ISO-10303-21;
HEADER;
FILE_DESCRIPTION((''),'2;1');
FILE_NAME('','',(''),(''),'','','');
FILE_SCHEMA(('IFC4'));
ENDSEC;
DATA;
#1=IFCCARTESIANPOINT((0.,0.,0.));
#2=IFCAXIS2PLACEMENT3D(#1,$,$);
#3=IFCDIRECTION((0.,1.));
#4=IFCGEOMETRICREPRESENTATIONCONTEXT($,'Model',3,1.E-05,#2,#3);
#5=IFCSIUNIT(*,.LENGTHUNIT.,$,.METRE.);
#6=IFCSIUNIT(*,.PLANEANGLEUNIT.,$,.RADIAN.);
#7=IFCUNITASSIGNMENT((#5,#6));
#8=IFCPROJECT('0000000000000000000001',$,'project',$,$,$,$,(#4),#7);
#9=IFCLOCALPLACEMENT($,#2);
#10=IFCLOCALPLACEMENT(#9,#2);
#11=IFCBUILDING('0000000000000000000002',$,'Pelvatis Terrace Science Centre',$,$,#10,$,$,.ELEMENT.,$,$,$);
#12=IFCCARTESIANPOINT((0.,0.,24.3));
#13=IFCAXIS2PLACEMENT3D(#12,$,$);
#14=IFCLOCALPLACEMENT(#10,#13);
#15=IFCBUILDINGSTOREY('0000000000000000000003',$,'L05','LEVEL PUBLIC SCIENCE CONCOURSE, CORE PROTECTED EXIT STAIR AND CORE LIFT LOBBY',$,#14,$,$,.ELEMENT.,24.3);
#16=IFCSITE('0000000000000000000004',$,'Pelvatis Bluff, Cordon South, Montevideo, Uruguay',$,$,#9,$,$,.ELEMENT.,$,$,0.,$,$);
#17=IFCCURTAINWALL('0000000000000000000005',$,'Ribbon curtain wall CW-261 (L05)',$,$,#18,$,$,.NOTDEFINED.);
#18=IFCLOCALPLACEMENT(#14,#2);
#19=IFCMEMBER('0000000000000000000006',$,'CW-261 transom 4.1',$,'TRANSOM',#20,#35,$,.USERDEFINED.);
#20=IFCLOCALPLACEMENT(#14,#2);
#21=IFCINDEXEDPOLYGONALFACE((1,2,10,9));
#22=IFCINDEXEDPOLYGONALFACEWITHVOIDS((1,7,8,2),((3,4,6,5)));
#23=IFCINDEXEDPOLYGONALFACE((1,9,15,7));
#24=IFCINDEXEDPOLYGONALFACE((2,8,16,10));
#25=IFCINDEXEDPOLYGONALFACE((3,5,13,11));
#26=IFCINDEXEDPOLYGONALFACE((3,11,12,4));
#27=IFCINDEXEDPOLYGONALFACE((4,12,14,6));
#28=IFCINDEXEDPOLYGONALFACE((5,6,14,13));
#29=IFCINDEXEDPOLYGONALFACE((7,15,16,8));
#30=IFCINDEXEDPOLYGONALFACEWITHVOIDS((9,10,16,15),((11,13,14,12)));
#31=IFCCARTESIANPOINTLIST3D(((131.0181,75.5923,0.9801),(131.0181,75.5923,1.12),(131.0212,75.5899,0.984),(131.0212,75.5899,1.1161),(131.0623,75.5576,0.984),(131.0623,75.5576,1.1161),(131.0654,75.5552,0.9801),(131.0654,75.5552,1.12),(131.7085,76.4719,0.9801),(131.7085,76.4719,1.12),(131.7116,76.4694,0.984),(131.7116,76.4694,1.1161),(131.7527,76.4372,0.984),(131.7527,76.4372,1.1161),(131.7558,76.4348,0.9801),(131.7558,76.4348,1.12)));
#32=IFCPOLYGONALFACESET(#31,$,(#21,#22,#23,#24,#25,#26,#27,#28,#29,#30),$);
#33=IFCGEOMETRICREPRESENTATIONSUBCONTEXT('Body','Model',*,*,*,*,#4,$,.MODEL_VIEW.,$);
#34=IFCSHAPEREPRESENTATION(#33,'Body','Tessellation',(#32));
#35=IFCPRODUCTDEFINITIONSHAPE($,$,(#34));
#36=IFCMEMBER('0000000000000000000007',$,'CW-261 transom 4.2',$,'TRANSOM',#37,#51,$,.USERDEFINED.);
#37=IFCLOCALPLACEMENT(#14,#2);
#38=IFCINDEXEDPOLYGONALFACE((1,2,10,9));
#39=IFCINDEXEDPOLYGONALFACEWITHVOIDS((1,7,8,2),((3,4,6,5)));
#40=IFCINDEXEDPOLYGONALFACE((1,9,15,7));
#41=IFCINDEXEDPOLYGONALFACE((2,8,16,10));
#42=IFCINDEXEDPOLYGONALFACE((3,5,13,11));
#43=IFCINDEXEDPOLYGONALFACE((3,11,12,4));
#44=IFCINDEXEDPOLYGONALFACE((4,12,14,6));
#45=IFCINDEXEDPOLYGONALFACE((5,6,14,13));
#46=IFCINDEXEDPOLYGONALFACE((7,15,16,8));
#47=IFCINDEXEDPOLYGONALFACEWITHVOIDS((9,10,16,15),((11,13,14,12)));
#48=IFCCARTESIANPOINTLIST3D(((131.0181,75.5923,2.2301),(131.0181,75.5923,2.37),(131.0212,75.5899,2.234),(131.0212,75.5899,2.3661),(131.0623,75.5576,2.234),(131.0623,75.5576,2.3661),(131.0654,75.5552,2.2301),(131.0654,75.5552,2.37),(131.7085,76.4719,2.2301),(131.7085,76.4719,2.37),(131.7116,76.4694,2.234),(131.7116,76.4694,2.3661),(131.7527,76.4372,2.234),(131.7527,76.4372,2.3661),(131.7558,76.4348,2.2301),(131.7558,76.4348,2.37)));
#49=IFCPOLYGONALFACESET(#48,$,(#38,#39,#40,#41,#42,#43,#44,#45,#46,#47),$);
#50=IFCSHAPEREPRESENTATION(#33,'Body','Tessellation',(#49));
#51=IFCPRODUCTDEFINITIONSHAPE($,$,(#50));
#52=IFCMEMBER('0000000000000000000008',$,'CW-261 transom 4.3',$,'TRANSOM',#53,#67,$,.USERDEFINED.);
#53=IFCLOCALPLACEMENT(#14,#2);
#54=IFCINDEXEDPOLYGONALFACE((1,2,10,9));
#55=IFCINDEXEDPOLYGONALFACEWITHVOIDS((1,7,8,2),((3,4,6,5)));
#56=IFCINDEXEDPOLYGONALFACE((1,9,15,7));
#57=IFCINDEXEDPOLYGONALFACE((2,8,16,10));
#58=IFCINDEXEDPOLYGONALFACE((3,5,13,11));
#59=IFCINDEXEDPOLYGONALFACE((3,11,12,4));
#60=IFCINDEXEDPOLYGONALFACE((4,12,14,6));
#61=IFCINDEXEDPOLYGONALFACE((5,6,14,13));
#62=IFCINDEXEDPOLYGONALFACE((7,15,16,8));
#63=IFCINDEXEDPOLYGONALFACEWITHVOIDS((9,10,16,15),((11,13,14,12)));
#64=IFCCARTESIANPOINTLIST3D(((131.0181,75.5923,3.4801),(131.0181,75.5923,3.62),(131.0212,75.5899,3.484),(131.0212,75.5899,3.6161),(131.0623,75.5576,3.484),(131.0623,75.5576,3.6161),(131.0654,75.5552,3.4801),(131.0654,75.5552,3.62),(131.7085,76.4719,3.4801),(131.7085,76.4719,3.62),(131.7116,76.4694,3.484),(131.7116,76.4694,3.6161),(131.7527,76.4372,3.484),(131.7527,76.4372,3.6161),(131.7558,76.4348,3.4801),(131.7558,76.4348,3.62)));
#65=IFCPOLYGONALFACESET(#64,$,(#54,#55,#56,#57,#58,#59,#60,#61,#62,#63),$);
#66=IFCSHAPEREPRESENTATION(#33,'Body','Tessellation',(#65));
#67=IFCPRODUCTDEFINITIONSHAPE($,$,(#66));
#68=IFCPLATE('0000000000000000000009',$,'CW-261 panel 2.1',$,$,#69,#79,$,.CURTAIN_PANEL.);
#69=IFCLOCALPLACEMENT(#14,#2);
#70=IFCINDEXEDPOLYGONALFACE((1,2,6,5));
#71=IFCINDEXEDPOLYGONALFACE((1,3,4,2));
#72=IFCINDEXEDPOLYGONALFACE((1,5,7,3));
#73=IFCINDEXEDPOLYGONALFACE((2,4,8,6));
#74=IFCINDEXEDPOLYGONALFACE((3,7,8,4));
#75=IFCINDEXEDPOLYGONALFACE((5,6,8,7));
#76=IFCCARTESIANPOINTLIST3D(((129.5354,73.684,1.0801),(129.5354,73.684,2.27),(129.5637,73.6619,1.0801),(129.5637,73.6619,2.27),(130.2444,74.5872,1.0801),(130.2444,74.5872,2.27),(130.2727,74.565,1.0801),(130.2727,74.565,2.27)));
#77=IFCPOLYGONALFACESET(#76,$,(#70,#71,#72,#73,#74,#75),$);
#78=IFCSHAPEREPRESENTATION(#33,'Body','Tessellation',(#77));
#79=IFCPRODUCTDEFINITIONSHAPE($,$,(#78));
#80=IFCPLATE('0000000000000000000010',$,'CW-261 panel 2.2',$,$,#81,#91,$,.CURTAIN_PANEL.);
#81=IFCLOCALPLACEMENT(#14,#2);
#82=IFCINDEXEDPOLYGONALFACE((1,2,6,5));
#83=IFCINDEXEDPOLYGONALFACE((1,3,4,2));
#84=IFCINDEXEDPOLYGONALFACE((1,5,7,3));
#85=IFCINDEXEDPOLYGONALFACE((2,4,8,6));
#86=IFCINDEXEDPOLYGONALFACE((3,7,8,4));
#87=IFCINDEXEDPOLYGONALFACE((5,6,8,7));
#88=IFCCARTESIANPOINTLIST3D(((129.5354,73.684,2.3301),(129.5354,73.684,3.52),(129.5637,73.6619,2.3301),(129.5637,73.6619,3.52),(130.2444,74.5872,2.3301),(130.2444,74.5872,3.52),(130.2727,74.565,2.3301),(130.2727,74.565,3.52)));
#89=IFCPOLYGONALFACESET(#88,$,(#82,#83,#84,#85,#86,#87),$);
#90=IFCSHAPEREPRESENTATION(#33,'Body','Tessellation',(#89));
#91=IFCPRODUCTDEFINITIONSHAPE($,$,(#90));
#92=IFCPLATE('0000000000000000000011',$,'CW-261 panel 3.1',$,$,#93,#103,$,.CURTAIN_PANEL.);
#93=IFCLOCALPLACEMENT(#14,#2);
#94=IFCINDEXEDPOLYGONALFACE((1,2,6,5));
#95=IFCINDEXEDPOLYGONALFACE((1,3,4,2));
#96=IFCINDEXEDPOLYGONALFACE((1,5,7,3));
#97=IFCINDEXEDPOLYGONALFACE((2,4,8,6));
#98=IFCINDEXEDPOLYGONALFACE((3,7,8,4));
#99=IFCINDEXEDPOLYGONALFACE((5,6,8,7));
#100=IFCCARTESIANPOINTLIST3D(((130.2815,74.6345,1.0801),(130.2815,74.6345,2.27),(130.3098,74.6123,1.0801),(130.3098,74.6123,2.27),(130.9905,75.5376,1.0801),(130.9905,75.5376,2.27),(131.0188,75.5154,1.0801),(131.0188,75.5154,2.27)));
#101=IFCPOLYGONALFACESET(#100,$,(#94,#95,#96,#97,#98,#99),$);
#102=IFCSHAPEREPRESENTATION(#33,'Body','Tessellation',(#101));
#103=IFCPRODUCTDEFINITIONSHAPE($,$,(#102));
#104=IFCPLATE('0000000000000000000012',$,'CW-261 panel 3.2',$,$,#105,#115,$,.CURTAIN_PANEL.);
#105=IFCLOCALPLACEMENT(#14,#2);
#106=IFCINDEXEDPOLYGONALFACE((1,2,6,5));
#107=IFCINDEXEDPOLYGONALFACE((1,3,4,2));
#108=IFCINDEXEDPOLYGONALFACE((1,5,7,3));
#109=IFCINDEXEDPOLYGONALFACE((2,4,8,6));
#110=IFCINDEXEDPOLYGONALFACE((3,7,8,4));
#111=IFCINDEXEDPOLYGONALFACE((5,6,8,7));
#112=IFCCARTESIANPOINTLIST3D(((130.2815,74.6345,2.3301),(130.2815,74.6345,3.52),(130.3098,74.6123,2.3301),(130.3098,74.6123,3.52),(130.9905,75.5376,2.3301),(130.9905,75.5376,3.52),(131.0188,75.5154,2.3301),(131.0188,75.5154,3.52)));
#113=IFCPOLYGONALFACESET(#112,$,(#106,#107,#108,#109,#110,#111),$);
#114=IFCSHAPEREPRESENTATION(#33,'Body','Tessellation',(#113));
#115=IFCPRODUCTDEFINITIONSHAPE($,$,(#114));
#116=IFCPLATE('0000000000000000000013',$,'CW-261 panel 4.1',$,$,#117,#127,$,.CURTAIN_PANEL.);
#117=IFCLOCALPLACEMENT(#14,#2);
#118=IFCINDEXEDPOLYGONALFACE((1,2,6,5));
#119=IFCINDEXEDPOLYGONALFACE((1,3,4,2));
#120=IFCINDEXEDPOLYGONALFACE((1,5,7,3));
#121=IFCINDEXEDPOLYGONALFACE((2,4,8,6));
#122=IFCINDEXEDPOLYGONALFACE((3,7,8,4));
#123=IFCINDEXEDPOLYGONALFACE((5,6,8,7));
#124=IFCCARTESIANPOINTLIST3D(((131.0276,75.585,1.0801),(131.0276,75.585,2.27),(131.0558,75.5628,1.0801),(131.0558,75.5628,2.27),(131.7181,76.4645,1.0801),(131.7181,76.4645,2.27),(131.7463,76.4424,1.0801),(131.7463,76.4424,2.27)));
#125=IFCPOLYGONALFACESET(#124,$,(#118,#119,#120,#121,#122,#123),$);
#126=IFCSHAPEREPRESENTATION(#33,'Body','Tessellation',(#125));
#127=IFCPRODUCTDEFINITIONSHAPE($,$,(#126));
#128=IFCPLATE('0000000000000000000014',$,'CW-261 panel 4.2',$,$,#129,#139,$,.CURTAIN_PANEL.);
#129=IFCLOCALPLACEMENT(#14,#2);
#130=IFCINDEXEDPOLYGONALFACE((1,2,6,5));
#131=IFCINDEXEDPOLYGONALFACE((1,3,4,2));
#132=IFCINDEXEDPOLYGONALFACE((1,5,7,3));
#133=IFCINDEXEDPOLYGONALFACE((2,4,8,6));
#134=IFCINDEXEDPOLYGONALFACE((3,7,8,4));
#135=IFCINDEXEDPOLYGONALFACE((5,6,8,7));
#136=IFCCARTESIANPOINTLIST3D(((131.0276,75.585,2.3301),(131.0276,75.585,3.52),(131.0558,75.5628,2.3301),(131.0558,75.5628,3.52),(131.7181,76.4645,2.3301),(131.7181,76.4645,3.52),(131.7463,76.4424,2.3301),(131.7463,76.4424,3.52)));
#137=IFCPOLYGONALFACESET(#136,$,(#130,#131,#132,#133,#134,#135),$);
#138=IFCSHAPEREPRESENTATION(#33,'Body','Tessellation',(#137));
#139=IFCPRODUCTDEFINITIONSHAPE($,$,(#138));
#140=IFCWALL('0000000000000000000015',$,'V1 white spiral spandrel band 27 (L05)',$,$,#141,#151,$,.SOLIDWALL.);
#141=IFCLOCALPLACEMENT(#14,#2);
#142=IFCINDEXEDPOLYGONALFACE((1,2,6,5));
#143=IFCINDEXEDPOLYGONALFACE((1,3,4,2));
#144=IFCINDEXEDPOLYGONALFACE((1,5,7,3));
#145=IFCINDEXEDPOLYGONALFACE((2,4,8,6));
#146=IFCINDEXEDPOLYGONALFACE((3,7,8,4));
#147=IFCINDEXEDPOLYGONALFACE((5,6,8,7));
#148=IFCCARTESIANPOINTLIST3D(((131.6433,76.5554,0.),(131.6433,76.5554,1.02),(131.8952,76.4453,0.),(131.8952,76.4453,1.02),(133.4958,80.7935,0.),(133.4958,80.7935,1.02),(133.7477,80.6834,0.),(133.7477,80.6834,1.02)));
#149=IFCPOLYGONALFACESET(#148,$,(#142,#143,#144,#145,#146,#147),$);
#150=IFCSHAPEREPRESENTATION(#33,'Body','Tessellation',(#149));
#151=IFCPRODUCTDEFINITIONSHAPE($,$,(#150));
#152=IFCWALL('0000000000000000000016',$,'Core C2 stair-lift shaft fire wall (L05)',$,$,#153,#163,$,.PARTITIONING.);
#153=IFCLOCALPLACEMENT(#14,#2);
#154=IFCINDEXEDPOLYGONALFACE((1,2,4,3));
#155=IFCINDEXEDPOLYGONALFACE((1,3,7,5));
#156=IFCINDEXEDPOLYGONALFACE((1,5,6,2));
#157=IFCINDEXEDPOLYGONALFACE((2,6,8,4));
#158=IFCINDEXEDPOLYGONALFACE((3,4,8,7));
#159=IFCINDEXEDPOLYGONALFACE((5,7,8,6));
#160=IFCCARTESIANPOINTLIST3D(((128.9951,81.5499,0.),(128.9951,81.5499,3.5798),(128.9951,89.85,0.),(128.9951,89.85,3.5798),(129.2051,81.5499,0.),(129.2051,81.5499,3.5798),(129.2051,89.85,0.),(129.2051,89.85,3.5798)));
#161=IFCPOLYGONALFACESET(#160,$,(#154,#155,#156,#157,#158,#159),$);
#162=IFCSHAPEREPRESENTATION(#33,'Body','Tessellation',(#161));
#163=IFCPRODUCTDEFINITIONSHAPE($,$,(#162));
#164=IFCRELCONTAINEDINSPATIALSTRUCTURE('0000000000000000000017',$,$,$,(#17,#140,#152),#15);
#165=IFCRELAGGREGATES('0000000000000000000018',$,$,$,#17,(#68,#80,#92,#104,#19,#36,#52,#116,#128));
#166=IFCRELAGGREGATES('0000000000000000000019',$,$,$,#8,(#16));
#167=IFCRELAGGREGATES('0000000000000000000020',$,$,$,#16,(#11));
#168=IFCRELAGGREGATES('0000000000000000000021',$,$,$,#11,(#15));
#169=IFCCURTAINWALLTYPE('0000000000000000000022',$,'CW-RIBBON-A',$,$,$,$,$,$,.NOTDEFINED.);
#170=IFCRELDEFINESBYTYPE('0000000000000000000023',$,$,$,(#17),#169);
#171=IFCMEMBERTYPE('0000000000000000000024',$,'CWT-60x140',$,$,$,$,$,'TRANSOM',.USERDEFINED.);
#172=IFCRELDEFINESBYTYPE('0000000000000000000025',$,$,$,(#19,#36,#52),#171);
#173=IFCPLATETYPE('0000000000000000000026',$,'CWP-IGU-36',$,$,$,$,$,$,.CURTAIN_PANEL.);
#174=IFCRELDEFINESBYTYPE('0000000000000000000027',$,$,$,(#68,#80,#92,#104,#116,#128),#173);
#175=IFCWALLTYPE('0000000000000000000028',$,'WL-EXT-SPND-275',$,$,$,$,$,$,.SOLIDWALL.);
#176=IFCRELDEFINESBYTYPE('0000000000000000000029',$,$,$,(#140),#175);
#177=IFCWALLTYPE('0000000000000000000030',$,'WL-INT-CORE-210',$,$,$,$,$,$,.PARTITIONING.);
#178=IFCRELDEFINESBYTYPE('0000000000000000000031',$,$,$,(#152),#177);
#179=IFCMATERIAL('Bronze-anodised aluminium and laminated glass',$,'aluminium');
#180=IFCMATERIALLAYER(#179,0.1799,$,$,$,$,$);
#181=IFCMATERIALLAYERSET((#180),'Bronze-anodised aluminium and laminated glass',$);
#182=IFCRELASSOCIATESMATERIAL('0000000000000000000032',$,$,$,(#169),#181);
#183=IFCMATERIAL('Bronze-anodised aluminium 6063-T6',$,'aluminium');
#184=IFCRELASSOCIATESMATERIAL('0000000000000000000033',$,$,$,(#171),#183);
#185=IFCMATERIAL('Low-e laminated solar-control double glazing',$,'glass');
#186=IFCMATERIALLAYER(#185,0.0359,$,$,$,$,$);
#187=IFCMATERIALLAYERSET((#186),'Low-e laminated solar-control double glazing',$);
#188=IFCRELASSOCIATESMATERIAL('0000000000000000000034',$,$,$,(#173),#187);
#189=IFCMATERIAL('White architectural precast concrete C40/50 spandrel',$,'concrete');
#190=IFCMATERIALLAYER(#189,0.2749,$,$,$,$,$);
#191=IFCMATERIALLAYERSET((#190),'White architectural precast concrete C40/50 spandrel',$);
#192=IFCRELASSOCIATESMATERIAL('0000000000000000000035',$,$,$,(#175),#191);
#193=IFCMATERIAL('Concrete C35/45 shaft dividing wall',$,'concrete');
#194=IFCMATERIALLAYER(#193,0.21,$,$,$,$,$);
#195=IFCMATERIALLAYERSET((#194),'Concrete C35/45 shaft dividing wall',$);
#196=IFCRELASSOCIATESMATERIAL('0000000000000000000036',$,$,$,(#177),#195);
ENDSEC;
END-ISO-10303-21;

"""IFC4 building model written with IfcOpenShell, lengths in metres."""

from ifc_helpers import new_model, si_unit, direction, frame, frame_2d, origin, origin_2d, place, context, subcontext, project, spatial, rectangle, hollow_rectangle, extrude, material, layer, layer_set, material_profile, profile_set, type_object, element, aggregate, save


model = new_model("IFC4")

# Units and contexts
model_context = context("Model", 3, precision=1e-05, world=origin(), true_north=direction((0.0, 1.0)))
body_context = subcontext(model_context, "Body", "Model", "MODEL_VIEW")
ifc_project = project(units=[si_unit("LENGTHUNIT", "METRE"), si_unit("PLANEANGLEUNIT", "RADIAN")], contexts=[model_context])

# Site, building, storey
site_placement = place(None, origin())
site = spatial("IfcSite", under=ifc_project, at=site_placement, Name="Pelvatis Bluff, Cordon South, Montevideo, Uruguay", CompositionType="ELEMENT", RefElevation=0.0)
building_placement = place(site_placement, origin())
building = spatial("IfcBuilding", under=site, at=building_placement, Name="Pelvatis Terrace Science Centre", CompositionType="ELEMENT")
storey_placement = place(building_placement, frame((0.0, 0.0, 24.3)))
storey = spatial("IfcBuildingStorey", under=building, at=storey_placement, Name="L05", Description="LEVEL PUBLIC SCIENCE CONCOURSE, CORE PROTECTED EXIT STAIR AND CORE LIFT LOBBY", CompositionType="ELEMENT", Elevation=24.3)

# Curtain wall, members, plates
ifc_material_1 = material(Name="Bronze-anodised aluminium and laminated glass", Category="aluminium")
ifc_layer_1 = layer(ifc_material_1, 0.1799)
ifc_layer_set_1 = layer_set([ifc_layer_1], Name="Bronze-anodised aluminium and laminated glass")
curtain_wall_type = type_object("IfcCurtainWallType", Name="CW-RIBBON-A", PredefinedType="NOTDEFINED", material=ifc_layer_set_1)
curtain_wall_placement = place(storey_placement, origin())
curtain_wall = element("IfcCurtainWall", 1, at=curtain_wall_placement, inside=storey, type_object=curtain_wall_type, Name="Ribbon curtain wall CW-261 (L05)", PredefinedType="NOTDEFINED")
ifc_material_2 = material(Name="Bronze-anodised aluminium 6063-T6", Category="aluminium")
ifc_material_profile_1 = material_profile(ifc_material_2, hollow_rectangle(XDim=0.0601, YDim=0.1399, WallThickness=0.0039, at=origin_2d()), Name="ALU-TRN 60x140")
ifc_profile_set_1 = profile_set([ifc_material_profile_1], Name="Bronze-anodised aluminium 6063-T6")
member_type_1 = type_object("IfcMemberType", Name="CWT-60x140", ElementType="TRANSOM", PredefinedType="USERDEFINED", material=ifc_profile_set_1)
member_1_placement = place(storey_placement, frame((131.0417, 75.5737, 1.05), z_axis=(0.617426, 0.786629, 0.0), x_axis=(-0.786629, 0.617426, 0.0)))
member_1 = element("IfcMember", 2, at=member_1_placement, type_object=member_type_1, Name="CW-261 transom 4.1", ObjectType="TRANSOM", PredefinedType="USERDEFINED", context=body_context, shape_type="SweptSolid", body=[
    extrude(hollow_rectangle(XDim=0.0601, YDim=0.1399, WallThickness=0.0039, at=origin_2d()), origin(), (0.0, 0.0, 1.0), 1.1182),
])
member_2_placement = place(storey_placement, frame((131.0417, 75.5737, 2.3), z_axis=(0.617426, 0.786629, 0.0), x_axis=(-0.786629, 0.617426, 0.0)))
member_2 = element("IfcMember", 3, at=member_2_placement, type_object=member_type_1, Name="CW-261 transom 4.2", ObjectType="TRANSOM", PredefinedType="USERDEFINED", context=body_context, shape_type="SweptSolid", body=[
    extrude(hollow_rectangle(XDim=0.0601, YDim=0.1399, WallThickness=0.0039, at=origin_2d()), origin(), (0.0, 0.0, 1.0), 1.1182),
])
member_3_placement = place(storey_placement, frame((131.0417, 75.5737, 3.55), z_axis=(0.617426, 0.786629, 0.0), x_axis=(-0.786629, 0.617426, 0.0)))
member_3 = element("IfcMember", 4, at=member_3_placement, type_object=member_type_1, Name="CW-261 transom 4.3", ObjectType="TRANSOM", PredefinedType="USERDEFINED", context=body_context, shape_type="SweptSolid", body=[
    extrude(hollow_rectangle(XDim=0.0601, YDim=0.1399, WallThickness=0.0039, at=origin_2d()), origin(), (0.0, 0.0, 1.0), 1.1182),
])
ifc_material_3 = material(Name="Low-e laminated solar-control double glazing", Category="glass")
ifc_layer_2 = layer(ifc_material_3, 0.0359)
ifc_layer_set_2 = layer_set([ifc_layer_2], Name="Low-e laminated solar-control double glazing")
plate_type = type_object("IfcPlateType", Name="CWP-IGU-36", PredefinedType="CURTAIN_PANEL", material=ifc_layer_set_2)
plate_1_placement = place(storey_placement, frame((129.9041, 74.1245, 1.0801), z_axis=(0.0, 0.0, 1.0), x_axis=(0.617493, 0.786577, 0.0)))
plate_1 = element("IfcPlate", 5, at=plate_1_placement, type_object=plate_type, Name="CW-261 panel 2.1", PredefinedType="CURTAIN_PANEL", context=body_context, shape_type="SweptSolid", body=[
    extrude(rectangle(XDim=1.1482, YDim=0.0359, at=origin_2d()), origin(), (0.0, 0.0, 1.0), 1.1899),
])
plate_2_placement = place(storey_placement, frame((129.9041, 74.1245, 2.3301), z_axis=(0.0, 0.0, 1.0), x_axis=(0.617493, 0.786577, 0.0)))
plate_2 = element("IfcPlate", 6, at=plate_2_placement, type_object=plate_type, Name="CW-261 panel 2.2", PredefinedType="CURTAIN_PANEL", context=body_context, shape_type="SweptSolid", body=[
    extrude(rectangle(XDim=1.1482, YDim=0.0359, at=origin_2d()), origin(), (0.0, 0.0, 1.0), 1.1899),
])
plate_3_placement = place(storey_placement, frame((130.6501, 75.075, 1.0801), z_axis=(0.0, 0.0, 1.0), x_axis=(0.617493, 0.786577, 0.0)))
plate_3 = element("IfcPlate", 7, at=plate_3_placement, type_object=plate_type, Name="CW-261 panel 3.1", PredefinedType="CURTAIN_PANEL", context=body_context, shape_type="SweptSolid", body=[
    extrude(rectangle(XDim=1.1482, YDim=0.0359, at=origin_2d()), origin(), (0.0, 0.0, 1.0), 1.1899),
])
plate_4_placement = place(storey_placement, frame((130.6501, 75.075, 2.3301), z_axis=(0.0, 0.0, 1.0), x_axis=(0.617493, 0.786577, 0.0)))
plate_4 = element("IfcPlate", 8, at=plate_4_placement, type_object=plate_type, Name="CW-261 panel 3.2", PredefinedType="CURTAIN_PANEL", context=body_context, shape_type="SweptSolid", body=[
    extrude(rectangle(XDim=1.1482, YDim=0.0359, at=origin_2d()), origin(), (0.0, 0.0, 1.0), 1.1899),
])
plate_5_placement = place(storey_placement, frame((131.387, 76.0137, 1.0801), z_axis=(0.0, 0.0, 1.0), x_axis=(0.617493, 0.786577, 0.0)))
plate_5 = element("IfcPlate", 9, at=plate_5_placement, type_object=plate_type, Name="CW-261 panel 4.1", PredefinedType="CURTAIN_PANEL", context=body_context, shape_type="SweptSolid", body=[
    extrude(rectangle(XDim=1.1182, YDim=0.0359, at=origin_2d()), origin(), (0.0, 0.0, 1.0), 1.1899),
])
plate_6_placement = place(storey_placement, frame((131.387, 76.0137, 2.3301), z_axis=(0.0, 0.0, 1.0), x_axis=(0.617493, 0.786577, 0.0)))
plate_6 = element("IfcPlate", 10, at=plate_6_placement, type_object=plate_type, Name="CW-261 panel 4.2", PredefinedType="CURTAIN_PANEL", context=body_context, shape_type="SweptSolid", body=[
    extrude(rectangle(XDim=1.1182, YDim=0.0359, at=origin_2d()), origin(), (0.0, 0.0, 1.0), 1.1899),
])
aggregate(curtain_wall, [plate_1, plate_2, plate_3, plate_4, member_1, member_2, member_3, plate_5, plate_6])

# Walls
ifc_material_4 = material(Name="White architectural precast concrete C40/50 spandrel", Category="concrete")
ifc_layer_3 = layer(ifc_material_4, 0.2749)
ifc_layer_set_3 = layer_set([ifc_layer_3], Name="White architectural precast concrete C40/50 spandrel")
wall_type_1 = type_object("IfcWallType", Name="WL-EXT-SPND-275", PredefinedType="SOLIDWALL", material=ifc_layer_set_3)
wall_1_placement = place(storey_placement, frame((131.7693, 76.5005, 0.0), z_axis=(0.0, 0.0, 1.0), x_axis=(0.400528, 0.916284, 0.0)))
element("IfcWall", 11, at=wall_1_placement, inside=storey, type_object=wall_type_1, Name="V1 white spiral spandrel band 27 (L05)", PredefinedType="SOLIDWALL", context=body_context, shape_type="SweptSolid", body=[
    extrude(rectangle(XDim=4.6252, YDim=0.2749, at=frame_2d((2.3125, 0.0))), origin(), (0.0, 0.0, 1.0), 1.02),
])
ifc_material_5 = material(Name="Concrete C35/45 shaft dividing wall", Category="concrete")
ifc_layer_4 = layer(ifc_material_5, 0.21)
ifc_layer_set_4 = layer_set([ifc_layer_4], Name="Concrete C35/45 shaft dividing wall")
wall_type_2 = type_object("IfcWallType", Name="WL-INT-CORE-210", PredefinedType="PARTITIONING", material=ifc_layer_set_4)
wall_2_placement = place(storey_placement, frame((129.1001, 81.55, 0.0), z_axis=(0.0, 0.0, 1.0), x_axis=(0.0, 1.0, 0.0)))
element("IfcWall", 12, at=wall_2_placement, inside=storey, type_object=wall_type_2, Name="Core C2 stair-lift shaft fire wall (L05)", PredefinedType="PARTITIONING", context=body_context, shape_type="SweptSolid", body=[
    extrude(rectangle(XDim=8.3, YDim=0.21, at=frame_2d((4.1499, 0.0))), origin(), (0.0, 0.0, 1.0), 3.5798),
])

save(model, "model.ifc")
